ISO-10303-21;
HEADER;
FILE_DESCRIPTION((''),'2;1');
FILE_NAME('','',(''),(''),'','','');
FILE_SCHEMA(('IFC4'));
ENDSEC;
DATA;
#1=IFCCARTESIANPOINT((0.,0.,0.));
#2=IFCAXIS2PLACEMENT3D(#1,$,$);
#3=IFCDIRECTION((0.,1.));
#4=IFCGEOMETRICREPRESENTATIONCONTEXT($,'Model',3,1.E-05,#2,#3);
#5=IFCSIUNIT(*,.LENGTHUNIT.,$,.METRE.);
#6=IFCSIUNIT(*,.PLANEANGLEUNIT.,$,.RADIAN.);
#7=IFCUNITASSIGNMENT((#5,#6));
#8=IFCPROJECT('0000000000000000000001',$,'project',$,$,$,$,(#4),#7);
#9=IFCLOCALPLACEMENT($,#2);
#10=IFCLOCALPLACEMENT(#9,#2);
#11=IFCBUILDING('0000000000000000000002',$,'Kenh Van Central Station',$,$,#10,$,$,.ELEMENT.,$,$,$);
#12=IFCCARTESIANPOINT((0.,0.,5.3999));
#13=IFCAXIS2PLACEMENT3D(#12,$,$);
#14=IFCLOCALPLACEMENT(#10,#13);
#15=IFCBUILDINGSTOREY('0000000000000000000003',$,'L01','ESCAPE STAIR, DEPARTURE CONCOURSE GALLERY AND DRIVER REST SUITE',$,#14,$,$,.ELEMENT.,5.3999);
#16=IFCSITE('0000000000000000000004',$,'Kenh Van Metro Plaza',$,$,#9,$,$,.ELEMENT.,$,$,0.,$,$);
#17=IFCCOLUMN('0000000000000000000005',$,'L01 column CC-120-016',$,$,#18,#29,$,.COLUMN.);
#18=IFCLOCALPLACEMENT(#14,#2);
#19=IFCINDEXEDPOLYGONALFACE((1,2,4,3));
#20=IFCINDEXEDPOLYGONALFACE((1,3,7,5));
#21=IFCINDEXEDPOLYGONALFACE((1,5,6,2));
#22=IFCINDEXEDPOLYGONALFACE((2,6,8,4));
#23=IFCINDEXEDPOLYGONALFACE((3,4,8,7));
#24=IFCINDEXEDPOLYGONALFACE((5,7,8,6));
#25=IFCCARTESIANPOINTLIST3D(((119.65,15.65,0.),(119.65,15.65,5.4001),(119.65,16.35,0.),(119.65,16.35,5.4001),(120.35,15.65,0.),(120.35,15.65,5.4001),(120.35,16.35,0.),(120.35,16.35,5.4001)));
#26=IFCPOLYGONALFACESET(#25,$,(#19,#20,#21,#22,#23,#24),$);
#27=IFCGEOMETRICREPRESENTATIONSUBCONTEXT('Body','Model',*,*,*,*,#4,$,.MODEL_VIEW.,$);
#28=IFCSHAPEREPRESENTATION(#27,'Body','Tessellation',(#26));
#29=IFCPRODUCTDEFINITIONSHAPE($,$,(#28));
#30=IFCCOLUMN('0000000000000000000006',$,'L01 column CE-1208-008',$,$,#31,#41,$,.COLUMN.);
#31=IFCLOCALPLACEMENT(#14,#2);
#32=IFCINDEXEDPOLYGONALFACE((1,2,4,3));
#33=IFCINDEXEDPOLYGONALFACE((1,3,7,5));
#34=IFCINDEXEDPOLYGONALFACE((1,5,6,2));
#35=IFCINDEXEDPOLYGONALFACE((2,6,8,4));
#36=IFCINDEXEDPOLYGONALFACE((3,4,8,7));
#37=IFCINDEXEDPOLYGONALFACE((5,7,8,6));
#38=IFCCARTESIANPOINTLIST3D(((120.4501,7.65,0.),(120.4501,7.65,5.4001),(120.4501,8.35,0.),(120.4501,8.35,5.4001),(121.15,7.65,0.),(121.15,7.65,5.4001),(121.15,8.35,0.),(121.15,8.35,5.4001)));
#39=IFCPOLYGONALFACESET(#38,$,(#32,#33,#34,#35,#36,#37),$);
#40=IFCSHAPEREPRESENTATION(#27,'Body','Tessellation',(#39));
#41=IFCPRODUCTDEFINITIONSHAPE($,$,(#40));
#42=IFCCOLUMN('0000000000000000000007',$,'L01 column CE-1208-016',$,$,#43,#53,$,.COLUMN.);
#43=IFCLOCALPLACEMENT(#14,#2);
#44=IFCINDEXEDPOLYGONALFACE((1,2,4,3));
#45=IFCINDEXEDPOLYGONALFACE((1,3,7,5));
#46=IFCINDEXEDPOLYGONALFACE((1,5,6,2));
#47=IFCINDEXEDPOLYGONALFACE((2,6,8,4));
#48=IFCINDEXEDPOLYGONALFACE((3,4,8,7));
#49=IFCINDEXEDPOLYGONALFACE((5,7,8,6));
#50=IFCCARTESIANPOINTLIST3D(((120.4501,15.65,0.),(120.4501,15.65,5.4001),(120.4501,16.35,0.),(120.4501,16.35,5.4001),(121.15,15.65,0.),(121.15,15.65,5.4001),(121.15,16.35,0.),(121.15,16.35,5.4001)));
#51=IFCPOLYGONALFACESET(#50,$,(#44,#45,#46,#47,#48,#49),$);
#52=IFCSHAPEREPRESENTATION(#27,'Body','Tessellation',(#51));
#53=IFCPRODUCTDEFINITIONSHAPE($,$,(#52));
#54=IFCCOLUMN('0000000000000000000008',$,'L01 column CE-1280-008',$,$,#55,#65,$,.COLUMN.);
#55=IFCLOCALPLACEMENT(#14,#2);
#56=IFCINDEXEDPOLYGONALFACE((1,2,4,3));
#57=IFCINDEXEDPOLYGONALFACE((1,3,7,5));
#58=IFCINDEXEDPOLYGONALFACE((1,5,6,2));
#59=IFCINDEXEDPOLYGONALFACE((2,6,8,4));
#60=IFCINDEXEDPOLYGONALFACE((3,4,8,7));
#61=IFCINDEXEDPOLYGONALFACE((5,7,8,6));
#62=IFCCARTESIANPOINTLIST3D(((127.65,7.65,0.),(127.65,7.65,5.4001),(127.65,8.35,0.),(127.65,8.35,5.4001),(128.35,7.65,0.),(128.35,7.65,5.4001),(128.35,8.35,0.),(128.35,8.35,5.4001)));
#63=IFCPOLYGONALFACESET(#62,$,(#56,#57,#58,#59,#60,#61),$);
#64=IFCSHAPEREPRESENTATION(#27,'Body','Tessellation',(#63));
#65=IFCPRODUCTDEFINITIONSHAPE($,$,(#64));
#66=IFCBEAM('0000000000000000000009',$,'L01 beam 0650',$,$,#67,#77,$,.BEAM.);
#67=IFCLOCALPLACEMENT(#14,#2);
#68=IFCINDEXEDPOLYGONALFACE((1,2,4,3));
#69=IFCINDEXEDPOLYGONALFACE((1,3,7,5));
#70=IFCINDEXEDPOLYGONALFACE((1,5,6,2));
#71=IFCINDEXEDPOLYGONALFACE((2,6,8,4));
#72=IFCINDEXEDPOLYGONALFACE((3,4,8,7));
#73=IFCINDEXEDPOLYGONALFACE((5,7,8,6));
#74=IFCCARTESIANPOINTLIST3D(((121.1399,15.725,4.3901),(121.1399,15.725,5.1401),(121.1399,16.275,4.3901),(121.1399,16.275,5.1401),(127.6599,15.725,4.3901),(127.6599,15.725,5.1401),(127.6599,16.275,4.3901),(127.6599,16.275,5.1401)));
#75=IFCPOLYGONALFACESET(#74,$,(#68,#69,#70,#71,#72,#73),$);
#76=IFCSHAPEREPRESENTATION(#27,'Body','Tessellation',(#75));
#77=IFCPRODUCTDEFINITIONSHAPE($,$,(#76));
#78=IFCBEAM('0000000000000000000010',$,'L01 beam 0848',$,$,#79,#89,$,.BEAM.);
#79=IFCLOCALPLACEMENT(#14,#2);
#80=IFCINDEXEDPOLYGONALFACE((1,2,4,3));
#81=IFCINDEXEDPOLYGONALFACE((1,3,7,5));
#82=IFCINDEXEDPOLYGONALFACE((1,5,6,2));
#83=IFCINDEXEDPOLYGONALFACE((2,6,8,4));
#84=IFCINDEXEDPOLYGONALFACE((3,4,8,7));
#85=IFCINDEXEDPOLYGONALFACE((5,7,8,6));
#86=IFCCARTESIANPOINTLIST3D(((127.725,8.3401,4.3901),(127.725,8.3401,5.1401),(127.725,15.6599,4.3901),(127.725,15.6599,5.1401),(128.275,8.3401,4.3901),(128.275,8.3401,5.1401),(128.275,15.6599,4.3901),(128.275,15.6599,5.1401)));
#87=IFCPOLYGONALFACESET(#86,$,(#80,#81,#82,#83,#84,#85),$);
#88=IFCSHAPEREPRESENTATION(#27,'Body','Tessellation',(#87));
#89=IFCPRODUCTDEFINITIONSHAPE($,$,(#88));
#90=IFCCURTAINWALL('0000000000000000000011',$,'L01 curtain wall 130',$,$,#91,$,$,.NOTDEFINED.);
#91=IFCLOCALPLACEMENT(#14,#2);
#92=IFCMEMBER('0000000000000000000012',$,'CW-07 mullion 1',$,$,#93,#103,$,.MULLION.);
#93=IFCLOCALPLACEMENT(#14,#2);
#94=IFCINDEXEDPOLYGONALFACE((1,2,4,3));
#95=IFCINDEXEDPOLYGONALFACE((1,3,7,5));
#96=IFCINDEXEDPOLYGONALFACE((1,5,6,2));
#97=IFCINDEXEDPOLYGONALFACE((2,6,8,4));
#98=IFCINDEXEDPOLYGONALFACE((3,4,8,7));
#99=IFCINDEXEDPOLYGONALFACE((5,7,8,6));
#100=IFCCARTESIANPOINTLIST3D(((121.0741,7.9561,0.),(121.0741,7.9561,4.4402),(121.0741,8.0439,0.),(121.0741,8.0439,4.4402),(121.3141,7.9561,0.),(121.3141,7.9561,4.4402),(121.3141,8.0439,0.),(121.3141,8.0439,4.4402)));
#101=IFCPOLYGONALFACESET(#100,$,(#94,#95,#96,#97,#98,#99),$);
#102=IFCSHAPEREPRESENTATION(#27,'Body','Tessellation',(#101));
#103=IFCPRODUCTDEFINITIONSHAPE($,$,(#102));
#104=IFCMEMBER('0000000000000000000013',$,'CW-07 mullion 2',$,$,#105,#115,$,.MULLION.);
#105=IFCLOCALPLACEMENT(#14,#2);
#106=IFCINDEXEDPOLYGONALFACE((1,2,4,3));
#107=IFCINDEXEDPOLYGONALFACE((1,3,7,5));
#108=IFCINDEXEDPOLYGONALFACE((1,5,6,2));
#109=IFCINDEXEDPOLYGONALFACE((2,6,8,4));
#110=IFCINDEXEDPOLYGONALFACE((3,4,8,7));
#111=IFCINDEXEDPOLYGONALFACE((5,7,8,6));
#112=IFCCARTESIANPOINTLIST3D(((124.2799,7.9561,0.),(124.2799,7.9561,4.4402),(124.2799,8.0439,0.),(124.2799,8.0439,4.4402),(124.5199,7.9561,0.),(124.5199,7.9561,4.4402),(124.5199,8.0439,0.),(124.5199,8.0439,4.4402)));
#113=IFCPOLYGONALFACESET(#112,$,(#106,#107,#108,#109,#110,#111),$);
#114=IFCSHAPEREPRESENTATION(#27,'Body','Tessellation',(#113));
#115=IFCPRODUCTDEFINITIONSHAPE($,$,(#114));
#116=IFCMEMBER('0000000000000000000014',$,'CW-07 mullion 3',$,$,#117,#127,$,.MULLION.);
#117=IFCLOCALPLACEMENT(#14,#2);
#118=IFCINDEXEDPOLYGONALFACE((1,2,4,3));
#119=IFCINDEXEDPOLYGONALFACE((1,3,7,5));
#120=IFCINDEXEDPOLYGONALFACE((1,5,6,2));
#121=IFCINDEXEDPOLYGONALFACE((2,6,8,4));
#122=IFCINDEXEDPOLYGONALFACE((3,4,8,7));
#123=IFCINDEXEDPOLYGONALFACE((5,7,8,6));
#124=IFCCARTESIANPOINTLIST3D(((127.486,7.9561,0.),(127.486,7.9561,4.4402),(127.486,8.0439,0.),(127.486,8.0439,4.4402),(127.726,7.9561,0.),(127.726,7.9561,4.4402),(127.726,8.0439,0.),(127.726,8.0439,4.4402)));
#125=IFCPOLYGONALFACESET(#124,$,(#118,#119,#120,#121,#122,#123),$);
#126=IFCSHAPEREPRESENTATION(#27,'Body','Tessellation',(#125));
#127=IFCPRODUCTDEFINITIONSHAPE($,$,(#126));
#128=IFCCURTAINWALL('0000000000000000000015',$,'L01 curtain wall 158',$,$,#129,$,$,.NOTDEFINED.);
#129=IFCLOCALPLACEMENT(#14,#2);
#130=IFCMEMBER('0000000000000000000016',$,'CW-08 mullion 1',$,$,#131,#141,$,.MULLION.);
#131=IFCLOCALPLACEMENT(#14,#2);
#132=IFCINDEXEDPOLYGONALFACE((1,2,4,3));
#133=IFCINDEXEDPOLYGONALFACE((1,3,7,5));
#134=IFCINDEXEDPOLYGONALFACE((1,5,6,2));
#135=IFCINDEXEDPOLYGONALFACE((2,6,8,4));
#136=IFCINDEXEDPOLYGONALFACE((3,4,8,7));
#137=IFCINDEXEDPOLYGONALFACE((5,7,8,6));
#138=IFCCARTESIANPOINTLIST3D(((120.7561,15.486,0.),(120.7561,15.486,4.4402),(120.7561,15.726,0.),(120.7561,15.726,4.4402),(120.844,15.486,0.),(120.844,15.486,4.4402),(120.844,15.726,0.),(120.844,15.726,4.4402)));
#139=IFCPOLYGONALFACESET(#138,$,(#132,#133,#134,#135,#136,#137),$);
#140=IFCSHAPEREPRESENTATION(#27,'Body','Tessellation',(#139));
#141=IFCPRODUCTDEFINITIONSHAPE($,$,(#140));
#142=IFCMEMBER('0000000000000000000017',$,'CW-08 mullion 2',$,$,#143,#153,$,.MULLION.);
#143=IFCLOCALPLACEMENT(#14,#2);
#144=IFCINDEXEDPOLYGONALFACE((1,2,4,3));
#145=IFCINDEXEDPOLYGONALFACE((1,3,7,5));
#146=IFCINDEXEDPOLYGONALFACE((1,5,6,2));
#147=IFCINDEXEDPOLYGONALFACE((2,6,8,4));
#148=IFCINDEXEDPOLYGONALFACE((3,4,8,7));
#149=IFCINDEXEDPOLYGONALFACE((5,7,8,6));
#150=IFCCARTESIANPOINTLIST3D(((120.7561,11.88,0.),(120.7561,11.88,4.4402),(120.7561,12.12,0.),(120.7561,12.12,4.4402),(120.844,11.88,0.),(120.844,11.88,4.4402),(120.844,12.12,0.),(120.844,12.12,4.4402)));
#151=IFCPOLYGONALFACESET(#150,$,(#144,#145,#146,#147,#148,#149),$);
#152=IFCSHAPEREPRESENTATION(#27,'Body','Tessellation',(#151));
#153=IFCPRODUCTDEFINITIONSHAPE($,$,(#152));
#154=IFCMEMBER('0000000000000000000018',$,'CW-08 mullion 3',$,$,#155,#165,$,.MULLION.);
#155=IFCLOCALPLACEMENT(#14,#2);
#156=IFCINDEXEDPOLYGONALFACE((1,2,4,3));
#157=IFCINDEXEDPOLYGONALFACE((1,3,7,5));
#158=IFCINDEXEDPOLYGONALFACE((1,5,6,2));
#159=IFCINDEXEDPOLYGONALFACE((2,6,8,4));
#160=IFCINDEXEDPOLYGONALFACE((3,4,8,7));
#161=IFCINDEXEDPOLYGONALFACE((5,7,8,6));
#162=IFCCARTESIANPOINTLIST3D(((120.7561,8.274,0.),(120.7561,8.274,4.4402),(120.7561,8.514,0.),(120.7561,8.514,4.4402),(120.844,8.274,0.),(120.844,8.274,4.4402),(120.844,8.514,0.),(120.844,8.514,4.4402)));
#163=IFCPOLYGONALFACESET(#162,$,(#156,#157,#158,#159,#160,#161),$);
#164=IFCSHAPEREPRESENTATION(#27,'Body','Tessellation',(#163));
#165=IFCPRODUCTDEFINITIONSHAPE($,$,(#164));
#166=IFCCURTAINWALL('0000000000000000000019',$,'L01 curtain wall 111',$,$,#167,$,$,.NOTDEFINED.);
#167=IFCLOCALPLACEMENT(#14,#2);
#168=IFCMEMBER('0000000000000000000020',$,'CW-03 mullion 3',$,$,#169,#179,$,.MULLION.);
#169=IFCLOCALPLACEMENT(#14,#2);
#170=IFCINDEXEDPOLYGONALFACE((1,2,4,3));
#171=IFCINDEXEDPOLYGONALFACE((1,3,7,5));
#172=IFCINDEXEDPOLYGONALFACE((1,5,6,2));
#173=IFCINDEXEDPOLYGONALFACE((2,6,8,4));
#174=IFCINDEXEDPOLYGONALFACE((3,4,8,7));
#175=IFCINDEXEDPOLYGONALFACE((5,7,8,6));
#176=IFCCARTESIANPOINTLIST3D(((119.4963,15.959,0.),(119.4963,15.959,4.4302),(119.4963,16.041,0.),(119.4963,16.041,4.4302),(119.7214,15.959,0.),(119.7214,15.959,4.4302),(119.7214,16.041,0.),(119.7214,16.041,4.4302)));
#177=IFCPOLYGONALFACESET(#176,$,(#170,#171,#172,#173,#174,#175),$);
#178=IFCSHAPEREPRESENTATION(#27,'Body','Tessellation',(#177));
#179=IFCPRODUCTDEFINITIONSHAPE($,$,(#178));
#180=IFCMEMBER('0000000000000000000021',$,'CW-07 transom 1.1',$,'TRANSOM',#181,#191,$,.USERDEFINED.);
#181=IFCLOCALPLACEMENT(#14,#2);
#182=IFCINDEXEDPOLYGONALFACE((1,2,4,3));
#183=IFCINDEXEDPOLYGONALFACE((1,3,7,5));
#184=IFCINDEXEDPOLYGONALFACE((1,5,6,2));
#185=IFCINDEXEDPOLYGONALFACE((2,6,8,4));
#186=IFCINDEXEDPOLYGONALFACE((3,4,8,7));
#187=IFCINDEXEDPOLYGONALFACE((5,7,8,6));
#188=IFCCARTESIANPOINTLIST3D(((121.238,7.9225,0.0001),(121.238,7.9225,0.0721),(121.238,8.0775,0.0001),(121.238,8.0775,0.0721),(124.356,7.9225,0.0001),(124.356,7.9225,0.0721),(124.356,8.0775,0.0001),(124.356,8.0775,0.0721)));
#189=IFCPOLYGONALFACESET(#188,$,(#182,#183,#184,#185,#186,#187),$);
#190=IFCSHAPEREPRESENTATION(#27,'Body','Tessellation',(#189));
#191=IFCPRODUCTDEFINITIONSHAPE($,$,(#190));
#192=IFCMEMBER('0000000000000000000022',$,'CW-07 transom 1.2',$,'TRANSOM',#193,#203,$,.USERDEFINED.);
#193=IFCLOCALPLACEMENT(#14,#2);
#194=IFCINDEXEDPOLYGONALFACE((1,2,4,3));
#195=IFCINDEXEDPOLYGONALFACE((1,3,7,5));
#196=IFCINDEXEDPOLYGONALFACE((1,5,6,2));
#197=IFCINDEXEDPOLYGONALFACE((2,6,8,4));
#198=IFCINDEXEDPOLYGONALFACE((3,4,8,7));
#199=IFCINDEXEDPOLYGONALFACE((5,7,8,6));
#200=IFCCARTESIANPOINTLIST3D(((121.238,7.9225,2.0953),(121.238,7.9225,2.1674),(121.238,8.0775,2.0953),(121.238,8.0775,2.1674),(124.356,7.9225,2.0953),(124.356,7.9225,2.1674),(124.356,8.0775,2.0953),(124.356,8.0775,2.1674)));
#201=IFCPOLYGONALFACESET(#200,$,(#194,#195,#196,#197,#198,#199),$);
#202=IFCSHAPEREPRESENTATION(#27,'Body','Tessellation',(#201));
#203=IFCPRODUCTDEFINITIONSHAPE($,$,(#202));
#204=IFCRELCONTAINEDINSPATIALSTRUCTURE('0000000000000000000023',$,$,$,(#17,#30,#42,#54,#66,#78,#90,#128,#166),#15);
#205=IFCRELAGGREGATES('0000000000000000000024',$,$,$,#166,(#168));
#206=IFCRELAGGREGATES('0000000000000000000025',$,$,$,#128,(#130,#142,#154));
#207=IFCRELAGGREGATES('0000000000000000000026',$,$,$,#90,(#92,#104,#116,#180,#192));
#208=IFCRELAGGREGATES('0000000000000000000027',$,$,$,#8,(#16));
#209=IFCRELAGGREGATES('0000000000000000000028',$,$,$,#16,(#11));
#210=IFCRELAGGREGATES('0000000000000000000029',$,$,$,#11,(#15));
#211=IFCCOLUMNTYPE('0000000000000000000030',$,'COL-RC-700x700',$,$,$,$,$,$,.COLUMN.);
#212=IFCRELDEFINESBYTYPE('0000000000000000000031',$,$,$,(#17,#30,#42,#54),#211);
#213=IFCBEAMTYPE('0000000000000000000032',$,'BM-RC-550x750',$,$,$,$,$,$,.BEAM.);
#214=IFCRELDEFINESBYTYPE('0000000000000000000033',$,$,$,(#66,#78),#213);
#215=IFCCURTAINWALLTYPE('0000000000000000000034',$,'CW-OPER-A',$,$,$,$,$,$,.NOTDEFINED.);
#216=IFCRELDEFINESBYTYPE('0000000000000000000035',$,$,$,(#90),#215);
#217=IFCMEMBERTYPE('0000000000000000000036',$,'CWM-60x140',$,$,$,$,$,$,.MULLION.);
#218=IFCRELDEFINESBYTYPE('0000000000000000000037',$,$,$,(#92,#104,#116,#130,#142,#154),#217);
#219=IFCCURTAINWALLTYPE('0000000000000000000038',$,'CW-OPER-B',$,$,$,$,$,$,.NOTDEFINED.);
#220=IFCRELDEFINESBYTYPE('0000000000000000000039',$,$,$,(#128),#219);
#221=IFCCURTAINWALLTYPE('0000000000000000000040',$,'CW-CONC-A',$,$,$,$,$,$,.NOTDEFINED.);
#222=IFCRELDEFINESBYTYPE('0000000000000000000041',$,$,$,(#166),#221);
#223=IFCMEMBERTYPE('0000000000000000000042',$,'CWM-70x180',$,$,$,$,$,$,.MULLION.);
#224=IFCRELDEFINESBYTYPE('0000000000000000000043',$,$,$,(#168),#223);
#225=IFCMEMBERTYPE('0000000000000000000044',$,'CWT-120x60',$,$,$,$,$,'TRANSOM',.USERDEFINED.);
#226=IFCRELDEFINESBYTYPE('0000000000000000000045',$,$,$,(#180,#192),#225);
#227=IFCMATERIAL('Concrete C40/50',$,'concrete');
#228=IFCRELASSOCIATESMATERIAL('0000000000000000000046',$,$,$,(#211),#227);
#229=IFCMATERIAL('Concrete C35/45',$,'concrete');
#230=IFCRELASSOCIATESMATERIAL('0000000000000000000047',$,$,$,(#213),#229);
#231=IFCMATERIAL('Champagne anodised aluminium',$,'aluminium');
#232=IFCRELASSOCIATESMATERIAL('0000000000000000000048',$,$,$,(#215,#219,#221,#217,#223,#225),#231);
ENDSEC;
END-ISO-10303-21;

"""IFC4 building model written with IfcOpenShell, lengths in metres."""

from ifc_helpers import new_model, si_unit, direction, frame, origin, origin_2d, place, context, subcontext, project, spatial, rectangle, extrude, material, material_profile, profile_set, type_object, element, aggregate, save


model = new_model("IFC4")

# Units and contexts
model_context = context("Model", 3, precision=1e-05, world=origin(), true_north=direction((0.0, 1.0)))
body_context = subcontext(model_context, "Body", "Model", "MODEL_VIEW")
ifc_project = project(units=[si_unit("LENGTHUNIT", "METRE"), si_unit("PLANEANGLEUNIT", "RADIAN")], contexts=[model_context])

# Site, building, storey
site_placement = place(None, origin())
site = spatial("IfcSite", under=ifc_project, at=site_placement, Name="Kenh Van Metro Plaza", CompositionType="ELEMENT", RefElevation=0.0)
building_placement = place(site_placement, origin())
building = spatial("IfcBuilding", under=site, at=building_placement, Name="Kenh Van Central Station", CompositionType="ELEMENT")
storey_placement = place(building_placement, frame((0.0, 0.0, 5.3999)))
storey = spatial("IfcBuildingStorey", under=building, at=storey_placement, Name="L01", Description="ESCAPE STAIR, DEPARTURE CONCOURSE GALLERY AND DRIVER REST SUITE", CompositionType="ELEMENT", Elevation=5.3999)

# Columns
ifc_material_1 = material(Name="Concrete C40/50", Category="concrete")
ifc_material_profile_1 = material_profile(ifc_material_1, rectangle(XDim=0.7, YDim=0.7, at=origin_2d()), Name="RC 700x700")
ifc_profile_set_1 = profile_set([ifc_material_profile_1], Name="Concrete C40/50")
column_type = type_object("IfcColumnType", Name="COL-RC-700x700", PredefinedType="COLUMN", material=ifc_profile_set_1)
for number, where, z_axis, x_axis, name in (
    (1, (120.0, 16.0, 0.0), (0.0, 0.0, 1.0), (1.0, 0.0, 0.0), "L01 column CC-120-016"),
    (2, (120.8, 8.0, 0.0), (0.0, 0.0, 1.0), (1.0, 0.0, 0.0), "L01 column CE-1208-008"),
    (3, (120.8, 16.0, 0.0), (0.0, 0.0, 1.0), (1.0, 0.0, 0.0), "L01 column CE-1208-016"),
    (4, (128.0, 8.0, 0.0), (0.0, 0.0, 1.0), (1.0, 0.0, 0.0), "L01 column CE-1280-008"),
):
    element("IfcColumn", number, at=place(storey_placement, frame(where, z_axis=z_axis, x_axis=x_axis)), inside=storey, type_object=column_type, Name=name, PredefinedType="COLUMN", context=body_context, shape_type="SweptSolid", body=[
        extrude(rectangle(XDim=0.7, YDim=0.7, at=origin_2d()), origin(), (0.0, 0.0, 1.0), 5.4001),
    ])

# Beams
ifc_material_2 = material(Name="Concrete C35/45", Category="concrete")
ifc_material_profile_2 = material_profile(ifc_material_2, rectangle(XDim=0.55, YDim=0.75, at=origin_2d()), Name="RC 550x750")
ifc_profile_set_2 = profile_set([ifc_material_profile_2], Name="Concrete C35/45")
beam_type_1 = type_object("IfcBeamType", Name="BM-RC-550x750", PredefinedType="BEAM", material=ifc_profile_set_2)
beam_1_placement = place(storey_placement, frame((121.1399, 16.0, 4.7651), z_axis=(1.0, 0.0, 0.0), x_axis=(0.0, 1.0, 0.0)))
element("IfcBeam", 5, at=beam_1_placement, inside=storey, type_object=beam_type_1, Name="L01 beam 0650", PredefinedType="BEAM", context=body_context, shape_type="SweptSolid", body=[
    extrude(rectangle(XDim=0.55, YDim=0.75, at=origin_2d()), origin(), (0.0, 0.0, 1.0), 6.52),
])
beam_2_placement = place(storey_placement, frame((128.0, 8.3401, 4.7651), z_axis=(0.0, 1.0, 0.0), x_axis=(-1.0, 0.0, 0.0)))
element("IfcBeam", 6, at=beam_2_placement, inside=storey, type_object=beam_type_1, Name="L01 beam 0848", PredefinedType="BEAM", context=body_context, shape_type="SweptSolid", body=[
    extrude(rectangle(XDim=0.55, YDim=0.75, at=origin_2d()), origin(), (0.0, 0.0, 1.0), 7.3198),
])

# Curtain walls, members
ifc_material_3 = material(Name="Champagne anodised aluminium", Category="aluminium")
curtain_wall_type_1 = type_object("IfcCurtainWallType", Name="CW-OPER-A", PredefinedType="NOTDEFINED", material=ifc_material_3)
curtain_wall_1_placement = place(storey_placement, origin())
curtain_wall_1 = element("IfcCurtainWall", 7, at=curtain_wall_1_placement, inside=storey, type_object=curtain_wall_type_1, Name="L01 curtain wall 130", PredefinedType="NOTDEFINED")
ifc_material_profile_3 = material_profile(ifc_material_3, rectangle(XDim=0.0879, YDim=0.24, at=origin_2d()), Name="AL 88x240")
ifc_profile_set_3 = profile_set([ifc_material_profile_3], Name="Champagne anodised aluminium")
member_type_1 = type_object("IfcMemberType", Name="CWM-60x140", PredefinedType="MULLION", material=ifc_profile_set_3)
member_1_placement = place(storey_placement, frame((121.1941, 8.0, 0.0), z_axis=(0.0, 0.0, 1.0), x_axis=(0.0, 1.0, 0.0)))
member_1 = element("IfcMember", 8, at=member_1_placement, type_object=member_type_1, Name="CW-07 mullion 1", PredefinedType="MULLION", context=body_context, shape_type="SweptSolid", body=[
    extrude(rectangle(XDim=0.0879, YDim=0.24, at=origin_2d()), origin(), (0.0, 0.0, 1.0), 4.4402),
])
member_2_placement = place(storey_placement, frame((124.3999, 8.0, 0.0), z_axis=(0.0, 0.0, 1.0), x_axis=(0.0, 1.0, 0.0)))
member_2 = element("IfcMember", 9, at=member_2_placement, type_object=member_type_1, Name="CW-07 mullion 2", PredefinedType="MULLION", context=body_context, shape_type="SweptSolid", body=[
    extrude(rectangle(XDim=0.0879, YDim=0.24, at=origin_2d()), origin(), (0.0, 0.0, 1.0), 4.4402),
])
member_3_placement = place(storey_placement, frame((127.606, 8.0, 0.0), z_axis=(0.0, 0.0, 1.0), x_axis=(0.0, 1.0, 0.0)))
member_3 = element("IfcMember", 10, at=member_3_placement, type_object=member_type_1, Name="CW-07 mullion 3", PredefinedType="MULLION", context=body_context, shape_type="SweptSolid", body=[
    extrude(rectangle(XDim=0.0879, YDim=0.24, at=origin_2d()), origin(), (0.0, 0.0, 1.0), 4.4402),
])
curtain_wall_type_2 = type_object("IfcCurtainWallType", Name="CW-OPER-B", PredefinedType="NOTDEFINED", material=ifc_material_3)
curtain_wall_2_placement = place(storey_placement, origin())
curtain_wall_2 = element("IfcCurtainWall", 11, at=curtain_wall_2_placement, inside=storey, type_object=curtain_wall_type_2, Name="L01 curtain wall 158", PredefinedType="NOTDEFINED")
member_4_placement = place(storey_placement, frame((120.8, 15.606, 0.0), z_axis=(0.0, 0.0, 1.0), x_axis=(1.0, 0.0, 0.0)))
member_4 = element("IfcMember", 12, at=member_4_placement, type_object=member_type_1, Name="CW-08 mullion 1", PredefinedType="MULLION", context=body_context, shape_type="SweptSolid", body=[
    extrude(rectangle(XDim=0.0879, YDim=0.24, at=origin_2d()), origin(), (0.0, 0.0, 1.0), 4.4402),
])
member_5_placement = place(storey_placement, frame((120.8, 12.0, 0.0), z_axis=(0.0, 0.0, 1.0), x_axis=(1.0, 0.0, 0.0)))
member_5 = element("IfcMember", 13, at=member_5_placement, type_object=member_type_1, Name="CW-08 mullion 2", PredefinedType="MULLION", context=body_context, shape_type="SweptSolid", body=[
    extrude(rectangle(XDim=0.0879, YDim=0.24, at=origin_2d()), origin(), (0.0, 0.0, 1.0), 4.4402),
])
member_6_placement = place(storey_placement, frame((120.8, 8.394, 0.0), z_axis=(0.0, 0.0, 1.0), x_axis=(1.0, 0.0, 0.0)))
member_6 = element("IfcMember", 14, at=member_6_placement, type_object=member_type_1, Name="CW-08 mullion 3", PredefinedType="MULLION", context=body_context, shape_type="SweptSolid", body=[
    extrude(rectangle(XDim=0.0879, YDim=0.24, at=origin_2d()), origin(), (0.0, 0.0, 1.0), 4.4402),
])

# Curtain wall, member
curtain_wall_type_3 = type_object("IfcCurtainWallType", Name="CW-CONC-A", PredefinedType="NOTDEFINED", material=ifc_material_3)
curtain_wall_3_placement = place(storey_placement, origin())
curtain_wall_3 = element("IfcCurtainWall", 15, at=curtain_wall_3_placement, inside=storey, type_object=curtain_wall_type_3, Name="L01 curtain wall 111", PredefinedType="NOTDEFINED")
ifc_material_profile_4 = material_profile(ifc_material_3, rectangle(XDim=0.082, YDim=0.2251, at=origin_2d()), Name="AL 82x225")
ifc_profile_set_4 = profile_set([ifc_material_profile_4], Name="Champagne anodised aluminium")
member_type_2 = type_object("IfcMemberType", Name="CWM-70x180", PredefinedType="MULLION", material=ifc_profile_set_4)
member_7_placement = place(storey_placement, frame((119.6089, 16.0, 0.0), z_axis=(0.0, 0.0, 1.0), x_axis=(0.0, 1.0, 0.0)))
member_7 = element("IfcMember", 16, at=member_7_placement, type_object=member_type_2, Name="CW-03 mullion 3", PredefinedType="MULLION", context=body_context, shape_type="SweptSolid", body=[
    extrude(rectangle(XDim=0.082, YDim=0.2251, at=origin_2d()), origin(), (0.0, 0.0, 1.0), 4.4302),
])
aggregate(curtain_wall_3, [member_7])

# Members
ifc_material_profile_5 = material_profile(ifc_material_3, rectangle(XDim=0.155, YDim=0.072, at=origin_2d()), Name="AL 155x72")
ifc_profile_set_5 = profile_set([ifc_material_profile_5], Name="Champagne anodised aluminium")
member_type_3 = type_object("IfcMemberType", Name="CWT-120x60", ElementType="TRANSOM", PredefinedType="USERDEFINED", material=ifc_profile_set_5)
member_8_placement = place(storey_placement, frame((121.238, 8.0, 0.0361), z_axis=(1.0, 0.0, 0.0), x_axis=(0.0, 1.0, 0.0)))
member_8 = element("IfcMember", 17, at=member_8_placement, type_object=member_type_3, Name="CW-07 transom 1.1", ObjectType="TRANSOM", PredefinedType="USERDEFINED", context=body_context, shape_type="SweptSolid", body=[
    extrude(rectangle(XDim=0.155, YDim=0.072, at=origin_2d()), origin(), (0.0, 0.0, 1.0), 3.1179),
])
member_9_placement = place(storey_placement, frame((121.238, 8.0, 2.1313), z_axis=(1.0, 0.0, 0.0), x_axis=(0.0, 1.0, 0.0)))
member_9 = element("IfcMember", 18, at=member_9_placement, type_object=member_type_3, Name="CW-07 transom 1.2", ObjectType="TRANSOM", PredefinedType="USERDEFINED", context=body_context, shape_type="SweptSolid", body=[
    extrude(rectangle(XDim=0.155, YDim=0.072, at=origin_2d()), origin(), (0.0, 0.0, 1.0), 3.1179),
])

aggregate(curtain_wall_2, [member_4, member_5, member_6])
aggregate(curtain_wall_1, [member_1, member_2, member_3, member_8, member_9])

save(model, "model.ifc")
